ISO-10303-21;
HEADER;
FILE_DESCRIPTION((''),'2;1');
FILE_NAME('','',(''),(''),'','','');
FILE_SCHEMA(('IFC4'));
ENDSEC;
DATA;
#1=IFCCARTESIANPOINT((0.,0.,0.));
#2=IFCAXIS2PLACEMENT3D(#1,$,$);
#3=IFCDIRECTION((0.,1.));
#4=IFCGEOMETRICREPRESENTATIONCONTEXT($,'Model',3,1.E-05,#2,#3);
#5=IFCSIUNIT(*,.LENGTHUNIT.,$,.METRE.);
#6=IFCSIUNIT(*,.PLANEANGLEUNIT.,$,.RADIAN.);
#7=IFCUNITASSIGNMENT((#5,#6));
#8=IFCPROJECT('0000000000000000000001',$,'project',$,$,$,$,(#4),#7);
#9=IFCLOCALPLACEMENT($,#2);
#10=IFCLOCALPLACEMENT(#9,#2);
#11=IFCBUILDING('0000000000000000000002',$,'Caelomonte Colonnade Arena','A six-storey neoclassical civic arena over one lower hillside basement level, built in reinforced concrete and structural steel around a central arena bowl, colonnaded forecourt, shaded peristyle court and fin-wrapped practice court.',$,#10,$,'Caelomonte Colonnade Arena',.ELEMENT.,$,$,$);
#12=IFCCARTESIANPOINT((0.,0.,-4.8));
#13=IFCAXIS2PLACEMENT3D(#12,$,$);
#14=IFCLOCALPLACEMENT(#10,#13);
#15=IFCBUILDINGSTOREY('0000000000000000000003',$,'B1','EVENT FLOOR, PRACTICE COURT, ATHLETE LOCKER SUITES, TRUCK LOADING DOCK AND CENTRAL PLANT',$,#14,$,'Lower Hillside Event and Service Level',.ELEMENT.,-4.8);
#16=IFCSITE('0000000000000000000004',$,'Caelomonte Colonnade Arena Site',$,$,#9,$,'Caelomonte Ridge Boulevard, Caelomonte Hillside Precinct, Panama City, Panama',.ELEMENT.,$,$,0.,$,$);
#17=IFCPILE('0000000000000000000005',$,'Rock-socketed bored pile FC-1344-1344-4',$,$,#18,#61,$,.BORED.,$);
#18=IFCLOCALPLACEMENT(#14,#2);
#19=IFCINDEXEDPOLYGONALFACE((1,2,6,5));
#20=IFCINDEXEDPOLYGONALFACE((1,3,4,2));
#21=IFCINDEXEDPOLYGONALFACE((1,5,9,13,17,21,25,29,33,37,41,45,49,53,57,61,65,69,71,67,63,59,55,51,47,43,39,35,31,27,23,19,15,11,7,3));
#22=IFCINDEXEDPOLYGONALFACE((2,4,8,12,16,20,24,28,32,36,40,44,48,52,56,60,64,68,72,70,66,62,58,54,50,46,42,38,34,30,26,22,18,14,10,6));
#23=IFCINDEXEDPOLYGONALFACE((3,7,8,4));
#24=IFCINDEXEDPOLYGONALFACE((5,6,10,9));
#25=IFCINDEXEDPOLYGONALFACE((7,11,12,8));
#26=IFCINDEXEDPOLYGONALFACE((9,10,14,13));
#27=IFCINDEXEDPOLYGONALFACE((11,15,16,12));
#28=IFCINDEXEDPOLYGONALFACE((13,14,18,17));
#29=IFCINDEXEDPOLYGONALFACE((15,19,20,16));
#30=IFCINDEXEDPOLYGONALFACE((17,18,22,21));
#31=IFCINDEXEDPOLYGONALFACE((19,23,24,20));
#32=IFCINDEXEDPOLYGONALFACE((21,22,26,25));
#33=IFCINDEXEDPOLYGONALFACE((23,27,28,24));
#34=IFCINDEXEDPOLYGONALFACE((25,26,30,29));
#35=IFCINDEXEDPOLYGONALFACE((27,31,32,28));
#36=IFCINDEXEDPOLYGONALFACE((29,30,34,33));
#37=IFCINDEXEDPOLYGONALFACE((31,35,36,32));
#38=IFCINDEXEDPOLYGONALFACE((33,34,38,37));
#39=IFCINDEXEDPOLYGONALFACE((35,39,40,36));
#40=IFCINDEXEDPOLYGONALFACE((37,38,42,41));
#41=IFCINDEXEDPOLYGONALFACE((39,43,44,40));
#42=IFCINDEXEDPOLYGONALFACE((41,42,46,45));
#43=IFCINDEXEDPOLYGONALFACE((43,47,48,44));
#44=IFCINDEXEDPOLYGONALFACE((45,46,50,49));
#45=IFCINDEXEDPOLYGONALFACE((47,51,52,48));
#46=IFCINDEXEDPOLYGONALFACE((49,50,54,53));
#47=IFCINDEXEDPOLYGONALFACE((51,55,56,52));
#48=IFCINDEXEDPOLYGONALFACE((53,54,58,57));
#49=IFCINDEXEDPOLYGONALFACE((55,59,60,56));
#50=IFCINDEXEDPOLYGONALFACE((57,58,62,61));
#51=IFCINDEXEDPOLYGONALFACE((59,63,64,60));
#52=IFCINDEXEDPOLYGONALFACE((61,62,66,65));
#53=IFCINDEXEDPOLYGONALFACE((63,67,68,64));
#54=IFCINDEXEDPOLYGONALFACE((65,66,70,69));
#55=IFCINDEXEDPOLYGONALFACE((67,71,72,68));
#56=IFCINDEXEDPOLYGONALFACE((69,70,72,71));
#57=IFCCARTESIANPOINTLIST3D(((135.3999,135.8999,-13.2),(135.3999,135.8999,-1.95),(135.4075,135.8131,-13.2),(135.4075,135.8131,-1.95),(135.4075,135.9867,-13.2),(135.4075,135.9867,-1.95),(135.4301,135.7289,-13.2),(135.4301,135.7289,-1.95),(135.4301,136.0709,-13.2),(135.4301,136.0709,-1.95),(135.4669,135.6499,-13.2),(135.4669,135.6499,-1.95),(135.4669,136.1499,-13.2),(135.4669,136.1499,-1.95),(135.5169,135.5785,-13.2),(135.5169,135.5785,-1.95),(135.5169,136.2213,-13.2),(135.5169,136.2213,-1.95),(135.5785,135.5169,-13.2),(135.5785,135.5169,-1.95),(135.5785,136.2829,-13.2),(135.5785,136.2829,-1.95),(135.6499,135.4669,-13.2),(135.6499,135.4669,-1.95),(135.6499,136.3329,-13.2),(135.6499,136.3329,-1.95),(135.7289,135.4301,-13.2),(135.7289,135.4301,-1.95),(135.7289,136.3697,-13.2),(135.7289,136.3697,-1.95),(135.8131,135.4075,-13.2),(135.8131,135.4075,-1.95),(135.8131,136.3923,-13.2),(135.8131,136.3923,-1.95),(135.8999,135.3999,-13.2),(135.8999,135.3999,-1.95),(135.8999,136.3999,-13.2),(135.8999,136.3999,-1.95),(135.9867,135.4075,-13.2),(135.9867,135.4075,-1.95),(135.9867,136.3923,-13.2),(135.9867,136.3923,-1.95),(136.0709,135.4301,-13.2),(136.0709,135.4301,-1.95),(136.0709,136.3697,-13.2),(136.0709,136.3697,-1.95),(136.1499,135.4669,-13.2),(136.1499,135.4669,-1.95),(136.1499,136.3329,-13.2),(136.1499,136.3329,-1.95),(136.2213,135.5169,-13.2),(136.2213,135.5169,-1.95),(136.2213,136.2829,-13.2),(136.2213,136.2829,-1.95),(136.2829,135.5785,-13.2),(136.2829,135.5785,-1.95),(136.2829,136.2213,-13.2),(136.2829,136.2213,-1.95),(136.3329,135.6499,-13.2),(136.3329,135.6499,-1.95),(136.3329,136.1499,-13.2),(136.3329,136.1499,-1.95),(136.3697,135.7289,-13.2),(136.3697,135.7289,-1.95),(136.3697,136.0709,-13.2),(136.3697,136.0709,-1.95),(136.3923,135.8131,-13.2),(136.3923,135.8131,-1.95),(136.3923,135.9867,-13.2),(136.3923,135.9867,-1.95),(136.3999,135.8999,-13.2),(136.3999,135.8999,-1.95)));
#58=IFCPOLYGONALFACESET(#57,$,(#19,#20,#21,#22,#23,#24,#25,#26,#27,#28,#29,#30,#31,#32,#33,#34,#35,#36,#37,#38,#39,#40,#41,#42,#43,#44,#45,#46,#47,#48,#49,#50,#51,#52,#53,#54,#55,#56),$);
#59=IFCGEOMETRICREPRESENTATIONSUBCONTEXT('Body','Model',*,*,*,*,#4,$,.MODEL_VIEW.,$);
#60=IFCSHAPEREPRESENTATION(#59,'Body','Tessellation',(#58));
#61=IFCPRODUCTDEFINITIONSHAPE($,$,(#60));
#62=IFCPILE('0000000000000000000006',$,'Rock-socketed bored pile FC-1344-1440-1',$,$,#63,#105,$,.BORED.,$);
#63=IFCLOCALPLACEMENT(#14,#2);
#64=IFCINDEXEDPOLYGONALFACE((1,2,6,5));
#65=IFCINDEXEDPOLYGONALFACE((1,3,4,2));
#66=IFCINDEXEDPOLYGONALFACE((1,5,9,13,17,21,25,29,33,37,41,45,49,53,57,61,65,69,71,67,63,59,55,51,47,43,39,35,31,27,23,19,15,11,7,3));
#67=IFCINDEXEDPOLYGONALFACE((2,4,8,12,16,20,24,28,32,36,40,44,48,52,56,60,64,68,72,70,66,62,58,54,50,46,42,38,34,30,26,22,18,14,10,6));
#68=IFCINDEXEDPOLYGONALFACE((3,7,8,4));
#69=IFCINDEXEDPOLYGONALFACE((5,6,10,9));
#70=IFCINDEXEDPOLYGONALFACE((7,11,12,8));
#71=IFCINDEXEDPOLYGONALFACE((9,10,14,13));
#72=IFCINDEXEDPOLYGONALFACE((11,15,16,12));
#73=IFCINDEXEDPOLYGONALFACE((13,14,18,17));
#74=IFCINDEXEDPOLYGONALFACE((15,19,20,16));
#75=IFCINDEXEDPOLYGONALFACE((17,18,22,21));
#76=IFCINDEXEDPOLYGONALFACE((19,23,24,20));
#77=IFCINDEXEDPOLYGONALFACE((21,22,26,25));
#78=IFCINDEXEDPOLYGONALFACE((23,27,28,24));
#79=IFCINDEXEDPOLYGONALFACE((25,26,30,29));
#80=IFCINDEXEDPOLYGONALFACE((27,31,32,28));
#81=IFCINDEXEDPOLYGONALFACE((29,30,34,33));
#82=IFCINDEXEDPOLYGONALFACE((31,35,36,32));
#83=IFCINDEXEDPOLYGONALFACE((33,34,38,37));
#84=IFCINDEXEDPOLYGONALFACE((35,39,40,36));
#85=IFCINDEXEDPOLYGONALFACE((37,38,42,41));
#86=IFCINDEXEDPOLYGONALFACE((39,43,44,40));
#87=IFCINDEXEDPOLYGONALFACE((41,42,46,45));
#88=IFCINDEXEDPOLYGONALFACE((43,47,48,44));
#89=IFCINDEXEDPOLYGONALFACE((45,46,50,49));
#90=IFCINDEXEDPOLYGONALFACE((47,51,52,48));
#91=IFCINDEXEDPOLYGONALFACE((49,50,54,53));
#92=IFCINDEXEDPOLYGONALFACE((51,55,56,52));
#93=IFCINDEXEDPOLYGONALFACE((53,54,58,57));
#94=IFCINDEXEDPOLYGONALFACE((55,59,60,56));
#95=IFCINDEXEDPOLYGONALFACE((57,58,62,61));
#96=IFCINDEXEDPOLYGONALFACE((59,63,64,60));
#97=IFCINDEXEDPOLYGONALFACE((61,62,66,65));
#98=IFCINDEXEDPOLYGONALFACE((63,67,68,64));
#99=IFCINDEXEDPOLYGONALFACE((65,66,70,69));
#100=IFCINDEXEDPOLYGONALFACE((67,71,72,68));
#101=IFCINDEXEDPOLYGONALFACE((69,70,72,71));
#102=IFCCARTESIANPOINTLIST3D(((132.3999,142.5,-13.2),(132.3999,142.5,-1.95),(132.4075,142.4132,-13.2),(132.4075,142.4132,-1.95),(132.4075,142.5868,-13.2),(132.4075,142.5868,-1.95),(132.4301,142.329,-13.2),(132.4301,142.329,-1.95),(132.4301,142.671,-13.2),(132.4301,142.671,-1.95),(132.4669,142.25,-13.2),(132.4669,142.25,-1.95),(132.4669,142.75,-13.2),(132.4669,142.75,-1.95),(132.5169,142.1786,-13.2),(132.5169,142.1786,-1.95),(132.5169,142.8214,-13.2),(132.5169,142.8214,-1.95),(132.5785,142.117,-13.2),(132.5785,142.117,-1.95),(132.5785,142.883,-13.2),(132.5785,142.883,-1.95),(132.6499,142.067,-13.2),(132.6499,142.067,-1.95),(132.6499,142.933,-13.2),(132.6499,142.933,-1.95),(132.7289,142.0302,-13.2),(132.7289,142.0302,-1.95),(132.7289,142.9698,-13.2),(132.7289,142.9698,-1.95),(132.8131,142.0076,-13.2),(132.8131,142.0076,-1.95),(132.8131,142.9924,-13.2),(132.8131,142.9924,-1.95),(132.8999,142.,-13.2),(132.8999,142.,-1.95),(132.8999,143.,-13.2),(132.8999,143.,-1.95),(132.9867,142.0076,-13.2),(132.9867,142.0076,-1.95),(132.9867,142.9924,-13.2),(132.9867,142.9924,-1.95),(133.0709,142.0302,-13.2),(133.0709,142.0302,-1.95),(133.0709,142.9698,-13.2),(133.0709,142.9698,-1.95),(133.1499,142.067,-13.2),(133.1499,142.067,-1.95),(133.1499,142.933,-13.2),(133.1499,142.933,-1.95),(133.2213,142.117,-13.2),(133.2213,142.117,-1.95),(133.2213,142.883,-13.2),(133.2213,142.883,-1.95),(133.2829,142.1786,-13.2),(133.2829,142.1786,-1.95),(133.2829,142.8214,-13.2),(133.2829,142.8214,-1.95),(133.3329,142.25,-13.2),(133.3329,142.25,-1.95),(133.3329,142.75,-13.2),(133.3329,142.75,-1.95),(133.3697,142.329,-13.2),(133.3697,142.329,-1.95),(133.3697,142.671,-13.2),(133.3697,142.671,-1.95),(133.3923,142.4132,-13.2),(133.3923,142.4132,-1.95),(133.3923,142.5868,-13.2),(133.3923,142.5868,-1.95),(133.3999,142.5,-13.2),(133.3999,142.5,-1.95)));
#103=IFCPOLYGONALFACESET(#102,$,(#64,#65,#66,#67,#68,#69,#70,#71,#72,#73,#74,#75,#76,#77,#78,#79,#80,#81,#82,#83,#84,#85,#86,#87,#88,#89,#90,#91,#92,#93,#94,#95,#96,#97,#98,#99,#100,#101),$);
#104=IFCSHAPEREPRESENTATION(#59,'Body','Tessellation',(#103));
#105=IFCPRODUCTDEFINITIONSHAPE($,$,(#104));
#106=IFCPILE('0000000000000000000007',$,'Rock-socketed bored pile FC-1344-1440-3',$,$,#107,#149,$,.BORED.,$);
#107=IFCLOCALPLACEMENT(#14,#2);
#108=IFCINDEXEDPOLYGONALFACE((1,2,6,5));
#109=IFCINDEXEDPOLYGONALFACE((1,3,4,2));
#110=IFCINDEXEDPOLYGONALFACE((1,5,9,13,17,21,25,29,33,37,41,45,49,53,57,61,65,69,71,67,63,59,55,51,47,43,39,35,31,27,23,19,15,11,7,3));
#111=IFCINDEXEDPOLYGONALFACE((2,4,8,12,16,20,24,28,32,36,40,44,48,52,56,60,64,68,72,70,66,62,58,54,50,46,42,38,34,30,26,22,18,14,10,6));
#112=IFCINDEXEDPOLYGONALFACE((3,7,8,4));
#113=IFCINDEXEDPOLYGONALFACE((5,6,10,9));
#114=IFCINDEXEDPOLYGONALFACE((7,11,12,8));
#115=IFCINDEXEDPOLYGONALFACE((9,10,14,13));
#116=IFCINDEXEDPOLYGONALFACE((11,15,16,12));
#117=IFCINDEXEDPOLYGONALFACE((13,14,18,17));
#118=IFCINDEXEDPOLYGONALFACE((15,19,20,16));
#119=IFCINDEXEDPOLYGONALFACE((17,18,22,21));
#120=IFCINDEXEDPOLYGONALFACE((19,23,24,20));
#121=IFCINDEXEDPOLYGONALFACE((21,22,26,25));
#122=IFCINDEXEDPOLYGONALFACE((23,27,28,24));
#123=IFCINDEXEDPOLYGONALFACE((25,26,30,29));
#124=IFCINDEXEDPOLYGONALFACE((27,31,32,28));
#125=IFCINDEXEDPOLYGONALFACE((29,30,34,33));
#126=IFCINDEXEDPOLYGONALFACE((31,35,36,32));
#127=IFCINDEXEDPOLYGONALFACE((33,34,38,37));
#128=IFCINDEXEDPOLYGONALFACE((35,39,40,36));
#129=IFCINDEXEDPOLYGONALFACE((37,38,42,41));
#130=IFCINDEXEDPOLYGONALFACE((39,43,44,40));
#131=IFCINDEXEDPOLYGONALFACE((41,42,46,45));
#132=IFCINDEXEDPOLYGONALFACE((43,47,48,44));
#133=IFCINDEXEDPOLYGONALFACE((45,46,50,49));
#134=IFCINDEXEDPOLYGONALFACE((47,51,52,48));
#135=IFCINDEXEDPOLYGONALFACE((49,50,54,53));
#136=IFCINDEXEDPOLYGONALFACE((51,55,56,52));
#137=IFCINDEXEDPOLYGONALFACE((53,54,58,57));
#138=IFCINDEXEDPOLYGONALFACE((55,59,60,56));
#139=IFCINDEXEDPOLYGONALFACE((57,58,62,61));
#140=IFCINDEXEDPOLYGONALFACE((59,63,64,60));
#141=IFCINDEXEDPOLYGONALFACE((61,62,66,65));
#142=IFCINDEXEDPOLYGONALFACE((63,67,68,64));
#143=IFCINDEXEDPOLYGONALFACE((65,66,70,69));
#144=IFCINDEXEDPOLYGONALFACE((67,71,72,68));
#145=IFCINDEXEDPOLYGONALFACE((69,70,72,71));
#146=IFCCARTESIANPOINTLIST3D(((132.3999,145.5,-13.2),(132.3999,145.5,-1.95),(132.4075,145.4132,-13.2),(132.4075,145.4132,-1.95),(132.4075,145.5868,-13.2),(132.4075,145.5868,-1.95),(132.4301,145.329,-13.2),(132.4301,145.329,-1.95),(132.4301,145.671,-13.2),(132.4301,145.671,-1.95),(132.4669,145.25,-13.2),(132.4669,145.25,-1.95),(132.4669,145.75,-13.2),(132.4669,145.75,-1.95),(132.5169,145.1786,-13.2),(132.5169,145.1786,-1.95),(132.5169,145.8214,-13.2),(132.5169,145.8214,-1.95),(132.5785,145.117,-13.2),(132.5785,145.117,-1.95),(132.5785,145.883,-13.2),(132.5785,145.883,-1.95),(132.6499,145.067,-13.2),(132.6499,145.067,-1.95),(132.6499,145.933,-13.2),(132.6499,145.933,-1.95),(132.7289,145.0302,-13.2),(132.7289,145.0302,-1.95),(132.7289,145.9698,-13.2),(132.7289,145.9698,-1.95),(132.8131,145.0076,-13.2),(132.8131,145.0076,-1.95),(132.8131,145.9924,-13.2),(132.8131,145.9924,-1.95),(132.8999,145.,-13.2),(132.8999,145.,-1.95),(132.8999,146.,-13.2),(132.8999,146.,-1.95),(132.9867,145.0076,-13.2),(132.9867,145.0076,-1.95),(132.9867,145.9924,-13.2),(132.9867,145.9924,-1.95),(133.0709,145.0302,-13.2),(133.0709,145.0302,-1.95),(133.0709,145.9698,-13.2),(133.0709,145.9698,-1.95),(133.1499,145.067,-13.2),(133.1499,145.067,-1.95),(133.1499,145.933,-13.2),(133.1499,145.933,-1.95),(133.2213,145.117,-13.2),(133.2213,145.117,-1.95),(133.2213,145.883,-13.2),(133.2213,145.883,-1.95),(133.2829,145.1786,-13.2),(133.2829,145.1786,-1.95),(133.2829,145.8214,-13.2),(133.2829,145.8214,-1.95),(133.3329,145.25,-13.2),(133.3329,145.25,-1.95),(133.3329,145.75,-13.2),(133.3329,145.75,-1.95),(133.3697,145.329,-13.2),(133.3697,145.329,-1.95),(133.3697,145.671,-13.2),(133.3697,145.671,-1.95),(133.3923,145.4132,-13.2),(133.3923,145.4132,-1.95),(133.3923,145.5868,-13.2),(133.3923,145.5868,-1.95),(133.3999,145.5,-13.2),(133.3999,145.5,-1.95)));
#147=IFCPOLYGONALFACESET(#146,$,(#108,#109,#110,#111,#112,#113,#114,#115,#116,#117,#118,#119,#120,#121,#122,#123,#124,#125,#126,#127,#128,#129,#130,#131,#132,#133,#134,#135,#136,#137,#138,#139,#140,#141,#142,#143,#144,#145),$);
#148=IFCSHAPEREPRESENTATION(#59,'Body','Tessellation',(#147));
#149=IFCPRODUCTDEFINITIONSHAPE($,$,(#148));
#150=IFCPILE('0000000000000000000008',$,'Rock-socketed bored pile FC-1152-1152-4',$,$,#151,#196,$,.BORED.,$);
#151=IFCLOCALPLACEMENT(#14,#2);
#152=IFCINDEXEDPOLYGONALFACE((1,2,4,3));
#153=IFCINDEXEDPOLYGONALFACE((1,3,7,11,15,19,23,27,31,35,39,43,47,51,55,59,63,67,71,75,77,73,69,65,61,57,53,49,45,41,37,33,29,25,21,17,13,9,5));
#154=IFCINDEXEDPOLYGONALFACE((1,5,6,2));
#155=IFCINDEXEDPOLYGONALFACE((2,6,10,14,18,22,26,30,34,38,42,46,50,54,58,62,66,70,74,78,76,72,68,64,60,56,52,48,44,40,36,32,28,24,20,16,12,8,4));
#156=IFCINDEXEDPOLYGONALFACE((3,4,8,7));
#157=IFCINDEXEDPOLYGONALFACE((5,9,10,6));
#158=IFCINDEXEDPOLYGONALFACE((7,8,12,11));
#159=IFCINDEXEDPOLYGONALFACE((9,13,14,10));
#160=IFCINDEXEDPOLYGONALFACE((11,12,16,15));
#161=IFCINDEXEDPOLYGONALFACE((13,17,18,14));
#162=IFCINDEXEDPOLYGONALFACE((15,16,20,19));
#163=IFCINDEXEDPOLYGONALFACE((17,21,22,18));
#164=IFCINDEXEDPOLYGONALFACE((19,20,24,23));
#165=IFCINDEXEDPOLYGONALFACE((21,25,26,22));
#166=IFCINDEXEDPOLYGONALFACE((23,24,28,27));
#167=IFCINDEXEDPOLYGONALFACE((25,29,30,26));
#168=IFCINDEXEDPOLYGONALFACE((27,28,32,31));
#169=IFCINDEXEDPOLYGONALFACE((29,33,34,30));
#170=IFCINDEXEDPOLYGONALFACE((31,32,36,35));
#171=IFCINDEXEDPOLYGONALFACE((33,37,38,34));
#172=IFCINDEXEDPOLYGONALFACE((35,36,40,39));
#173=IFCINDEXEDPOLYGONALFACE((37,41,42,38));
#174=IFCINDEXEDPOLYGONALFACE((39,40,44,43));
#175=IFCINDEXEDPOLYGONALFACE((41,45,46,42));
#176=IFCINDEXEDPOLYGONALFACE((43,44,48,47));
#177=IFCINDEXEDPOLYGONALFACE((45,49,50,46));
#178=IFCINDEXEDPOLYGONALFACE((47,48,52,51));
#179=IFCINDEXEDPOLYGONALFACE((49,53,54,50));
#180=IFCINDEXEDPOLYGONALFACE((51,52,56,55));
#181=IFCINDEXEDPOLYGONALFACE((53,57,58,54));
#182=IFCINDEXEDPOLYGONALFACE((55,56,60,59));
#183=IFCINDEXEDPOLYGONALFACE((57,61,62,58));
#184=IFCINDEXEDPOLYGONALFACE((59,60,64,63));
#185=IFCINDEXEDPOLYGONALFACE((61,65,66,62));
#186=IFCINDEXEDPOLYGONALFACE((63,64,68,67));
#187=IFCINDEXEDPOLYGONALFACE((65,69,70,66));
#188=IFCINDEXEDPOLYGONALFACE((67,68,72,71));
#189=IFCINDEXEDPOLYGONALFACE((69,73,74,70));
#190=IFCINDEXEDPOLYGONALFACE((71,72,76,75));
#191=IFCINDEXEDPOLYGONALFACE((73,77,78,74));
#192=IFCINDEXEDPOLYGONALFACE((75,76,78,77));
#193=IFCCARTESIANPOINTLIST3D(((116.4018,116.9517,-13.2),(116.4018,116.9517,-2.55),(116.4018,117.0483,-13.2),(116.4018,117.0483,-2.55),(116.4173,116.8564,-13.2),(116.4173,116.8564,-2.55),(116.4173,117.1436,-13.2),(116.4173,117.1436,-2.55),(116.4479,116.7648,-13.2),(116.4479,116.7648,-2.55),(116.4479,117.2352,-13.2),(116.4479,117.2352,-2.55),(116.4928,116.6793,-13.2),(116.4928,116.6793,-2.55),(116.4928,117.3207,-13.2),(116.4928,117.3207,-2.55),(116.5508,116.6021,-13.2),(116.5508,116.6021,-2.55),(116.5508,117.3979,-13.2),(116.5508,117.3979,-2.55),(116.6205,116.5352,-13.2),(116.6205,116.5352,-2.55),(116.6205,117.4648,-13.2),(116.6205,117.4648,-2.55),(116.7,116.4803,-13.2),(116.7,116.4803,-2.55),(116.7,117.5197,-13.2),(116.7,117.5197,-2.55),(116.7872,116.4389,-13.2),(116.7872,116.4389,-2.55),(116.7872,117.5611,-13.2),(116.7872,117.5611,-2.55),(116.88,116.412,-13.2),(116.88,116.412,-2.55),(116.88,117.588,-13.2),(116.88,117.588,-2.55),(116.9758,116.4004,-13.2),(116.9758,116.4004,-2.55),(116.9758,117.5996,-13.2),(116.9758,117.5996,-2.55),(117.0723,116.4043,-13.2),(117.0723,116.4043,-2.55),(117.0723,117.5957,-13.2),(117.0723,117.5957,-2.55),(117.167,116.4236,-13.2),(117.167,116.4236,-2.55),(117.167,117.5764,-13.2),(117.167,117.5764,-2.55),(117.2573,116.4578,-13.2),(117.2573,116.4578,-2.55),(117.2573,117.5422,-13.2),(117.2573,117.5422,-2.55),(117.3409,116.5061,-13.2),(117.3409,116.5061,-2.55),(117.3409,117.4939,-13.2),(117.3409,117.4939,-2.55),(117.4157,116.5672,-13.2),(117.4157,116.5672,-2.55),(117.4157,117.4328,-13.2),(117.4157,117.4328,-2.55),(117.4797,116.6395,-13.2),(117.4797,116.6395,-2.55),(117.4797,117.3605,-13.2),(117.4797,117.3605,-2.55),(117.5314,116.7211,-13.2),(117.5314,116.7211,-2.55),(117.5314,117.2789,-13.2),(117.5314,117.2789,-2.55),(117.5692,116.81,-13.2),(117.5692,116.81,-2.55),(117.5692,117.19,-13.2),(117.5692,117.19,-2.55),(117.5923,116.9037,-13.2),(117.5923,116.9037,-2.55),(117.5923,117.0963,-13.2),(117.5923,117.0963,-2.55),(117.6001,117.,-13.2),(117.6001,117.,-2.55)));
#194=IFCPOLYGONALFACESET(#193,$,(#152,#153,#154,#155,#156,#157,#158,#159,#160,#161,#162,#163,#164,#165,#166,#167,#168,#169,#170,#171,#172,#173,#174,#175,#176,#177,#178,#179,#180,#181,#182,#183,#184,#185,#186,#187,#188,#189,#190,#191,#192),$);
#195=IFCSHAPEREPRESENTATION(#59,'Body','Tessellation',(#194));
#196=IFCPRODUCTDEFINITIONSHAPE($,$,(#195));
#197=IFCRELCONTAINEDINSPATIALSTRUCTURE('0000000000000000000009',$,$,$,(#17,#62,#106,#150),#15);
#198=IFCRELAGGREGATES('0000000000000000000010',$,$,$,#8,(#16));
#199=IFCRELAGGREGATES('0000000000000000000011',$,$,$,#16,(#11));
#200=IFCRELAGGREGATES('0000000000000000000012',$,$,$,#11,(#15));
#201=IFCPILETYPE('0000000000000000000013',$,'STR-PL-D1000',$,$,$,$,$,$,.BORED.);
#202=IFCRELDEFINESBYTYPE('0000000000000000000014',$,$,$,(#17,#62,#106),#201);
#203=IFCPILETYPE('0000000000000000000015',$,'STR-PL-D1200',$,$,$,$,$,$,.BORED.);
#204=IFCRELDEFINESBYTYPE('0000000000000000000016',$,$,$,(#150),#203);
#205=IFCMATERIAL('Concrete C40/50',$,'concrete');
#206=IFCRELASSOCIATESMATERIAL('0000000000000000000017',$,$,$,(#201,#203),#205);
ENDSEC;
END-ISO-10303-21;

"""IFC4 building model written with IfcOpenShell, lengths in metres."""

from ifc_helpers import new_model, si_unit, direction, frame, origin, origin_2d, place, context, subcontext, project, spatial, circle, extrude, material, material_profile, profile_set, type_object, element, save


model = new_model("IFC4")

# Units and contexts
model_context = context("Model", 3, precision=1e-05, world=origin(), true_north=direction((0.0, 1.0)))
body_context = subcontext(model_context, "Body", "Model", "MODEL_VIEW")
ifc_project = project(units=[si_unit("LENGTHUNIT", "METRE"), si_unit("PLANEANGLEUNIT", "RADIAN")], contexts=[model_context])

# Site, building, storey
site_placement = place(None, origin())
site = spatial("IfcSite", under=ifc_project, at=site_placement, Name="Caelomonte Colonnade Arena Site", LongName="Caelomonte Ridge Boulevard, Caelomonte Hillside Precinct, Panama City, Panama", CompositionType="ELEMENT", RefElevation=0.0)
building_placement = place(site_placement, origin())
building = spatial("IfcBuilding", under=site, at=building_placement, Name="Caelomonte Colonnade Arena", Description="A six-storey neoclassical civic arena over one lower hillside basement level, built in reinforced concrete and structural steel around a central arena bowl, colonnaded forecourt, shaded peristyle court and fin-wrapped practice court.", LongName="Caelomonte Colonnade Arena", CompositionType="ELEMENT")
storey_placement = place(building_placement, frame((0.0, 0.0, -4.8)))
storey = spatial("IfcBuildingStorey", under=building, at=storey_placement, Name="B1", Description="EVENT FLOOR, PRACTICE COURT, ATHLETE LOCKER SUITES, TRUCK LOADING DOCK AND CENTRAL PLANT", LongName="Lower Hillside Event and Service Level", CompositionType="ELEMENT", Elevation=-4.8)

# Shared definitions
ifc_material_1 = material(Name="Concrete C40/50", Category="concrete")

# Piles
ifc_material_profile_1 = material_profile(ifc_material_1, circle(Radius=0.5, at=origin_2d()), Name="PILE-D1000")
ifc_profile_set_1 = profile_set([ifc_material_profile_1], Name="Concrete C40/50")
pile_type_1 = type_object("IfcPileType", Name="STR-PL-D1000", PredefinedType="BORED", material=ifc_profile_set_1)
for number, where, z_axis, x_axis, name in (
    (1, (135.8999, 135.8999, -1.95), (0.0, 0.0, -1.0), (1.0, 0.0, 0.0), "Rock-socketed bored pile FC-1344-1344-4"),
    (2, (132.8999, 142.5, -1.95), (0.0, 0.0, -1.0), (1.0, 0.0, 0.0), "Rock-socketed bored pile FC-1344-1440-1"),
    (3, (132.8999, 145.5, -1.95), (0.0, 0.0, -1.0), (1.0, 0.0, 0.0), "Rock-socketed bored pile FC-1344-1440-3"),
):
    element("IfcPile", number, at=place(storey_placement, frame(where, z_axis=z_axis, x_axis=x_axis)), inside=storey, type_object=pile_type_1, Name=name, PredefinedType="BORED", context=body_context, shape_type="SweptSolid", body=[
        extrude(circle(Radius=0.5, at=origin_2d()), origin(), (0.0, 0.0, 1.0), 11.25),
    ])
ifc_material_profile_2 = material_profile(ifc_material_1, circle(Radius=0.6001, at=origin_2d()), Name="PILE-D1200")
ifc_profile_set_2 = profile_set([ifc_material_profile_2], Name="Concrete C40/50")
pile_type_2 = type_object("IfcPileType", Name="STR-PL-D1200", PredefinedType="BORED", material=ifc_profile_set_2)
pile_1_placement = place(storey_placement, frame((117.0, 117.0, -2.55), z_axis=(0.0, 0.0, -1.0), x_axis=(1.0, 0.0, 0.0)))
element("IfcPile", 4, at=pile_1_placement, inside=storey, type_object=pile_type_2, Name="Rock-socketed bored pile FC-1152-1152-4", PredefinedType="BORED", context=body_context, shape_type="SweptSolid", body=[
    extrude(circle(Radius=0.6001, at=origin_2d()), origin(), (0.0, 0.0, 1.0), 10.6499),
])

save(model, "model.ifc")
